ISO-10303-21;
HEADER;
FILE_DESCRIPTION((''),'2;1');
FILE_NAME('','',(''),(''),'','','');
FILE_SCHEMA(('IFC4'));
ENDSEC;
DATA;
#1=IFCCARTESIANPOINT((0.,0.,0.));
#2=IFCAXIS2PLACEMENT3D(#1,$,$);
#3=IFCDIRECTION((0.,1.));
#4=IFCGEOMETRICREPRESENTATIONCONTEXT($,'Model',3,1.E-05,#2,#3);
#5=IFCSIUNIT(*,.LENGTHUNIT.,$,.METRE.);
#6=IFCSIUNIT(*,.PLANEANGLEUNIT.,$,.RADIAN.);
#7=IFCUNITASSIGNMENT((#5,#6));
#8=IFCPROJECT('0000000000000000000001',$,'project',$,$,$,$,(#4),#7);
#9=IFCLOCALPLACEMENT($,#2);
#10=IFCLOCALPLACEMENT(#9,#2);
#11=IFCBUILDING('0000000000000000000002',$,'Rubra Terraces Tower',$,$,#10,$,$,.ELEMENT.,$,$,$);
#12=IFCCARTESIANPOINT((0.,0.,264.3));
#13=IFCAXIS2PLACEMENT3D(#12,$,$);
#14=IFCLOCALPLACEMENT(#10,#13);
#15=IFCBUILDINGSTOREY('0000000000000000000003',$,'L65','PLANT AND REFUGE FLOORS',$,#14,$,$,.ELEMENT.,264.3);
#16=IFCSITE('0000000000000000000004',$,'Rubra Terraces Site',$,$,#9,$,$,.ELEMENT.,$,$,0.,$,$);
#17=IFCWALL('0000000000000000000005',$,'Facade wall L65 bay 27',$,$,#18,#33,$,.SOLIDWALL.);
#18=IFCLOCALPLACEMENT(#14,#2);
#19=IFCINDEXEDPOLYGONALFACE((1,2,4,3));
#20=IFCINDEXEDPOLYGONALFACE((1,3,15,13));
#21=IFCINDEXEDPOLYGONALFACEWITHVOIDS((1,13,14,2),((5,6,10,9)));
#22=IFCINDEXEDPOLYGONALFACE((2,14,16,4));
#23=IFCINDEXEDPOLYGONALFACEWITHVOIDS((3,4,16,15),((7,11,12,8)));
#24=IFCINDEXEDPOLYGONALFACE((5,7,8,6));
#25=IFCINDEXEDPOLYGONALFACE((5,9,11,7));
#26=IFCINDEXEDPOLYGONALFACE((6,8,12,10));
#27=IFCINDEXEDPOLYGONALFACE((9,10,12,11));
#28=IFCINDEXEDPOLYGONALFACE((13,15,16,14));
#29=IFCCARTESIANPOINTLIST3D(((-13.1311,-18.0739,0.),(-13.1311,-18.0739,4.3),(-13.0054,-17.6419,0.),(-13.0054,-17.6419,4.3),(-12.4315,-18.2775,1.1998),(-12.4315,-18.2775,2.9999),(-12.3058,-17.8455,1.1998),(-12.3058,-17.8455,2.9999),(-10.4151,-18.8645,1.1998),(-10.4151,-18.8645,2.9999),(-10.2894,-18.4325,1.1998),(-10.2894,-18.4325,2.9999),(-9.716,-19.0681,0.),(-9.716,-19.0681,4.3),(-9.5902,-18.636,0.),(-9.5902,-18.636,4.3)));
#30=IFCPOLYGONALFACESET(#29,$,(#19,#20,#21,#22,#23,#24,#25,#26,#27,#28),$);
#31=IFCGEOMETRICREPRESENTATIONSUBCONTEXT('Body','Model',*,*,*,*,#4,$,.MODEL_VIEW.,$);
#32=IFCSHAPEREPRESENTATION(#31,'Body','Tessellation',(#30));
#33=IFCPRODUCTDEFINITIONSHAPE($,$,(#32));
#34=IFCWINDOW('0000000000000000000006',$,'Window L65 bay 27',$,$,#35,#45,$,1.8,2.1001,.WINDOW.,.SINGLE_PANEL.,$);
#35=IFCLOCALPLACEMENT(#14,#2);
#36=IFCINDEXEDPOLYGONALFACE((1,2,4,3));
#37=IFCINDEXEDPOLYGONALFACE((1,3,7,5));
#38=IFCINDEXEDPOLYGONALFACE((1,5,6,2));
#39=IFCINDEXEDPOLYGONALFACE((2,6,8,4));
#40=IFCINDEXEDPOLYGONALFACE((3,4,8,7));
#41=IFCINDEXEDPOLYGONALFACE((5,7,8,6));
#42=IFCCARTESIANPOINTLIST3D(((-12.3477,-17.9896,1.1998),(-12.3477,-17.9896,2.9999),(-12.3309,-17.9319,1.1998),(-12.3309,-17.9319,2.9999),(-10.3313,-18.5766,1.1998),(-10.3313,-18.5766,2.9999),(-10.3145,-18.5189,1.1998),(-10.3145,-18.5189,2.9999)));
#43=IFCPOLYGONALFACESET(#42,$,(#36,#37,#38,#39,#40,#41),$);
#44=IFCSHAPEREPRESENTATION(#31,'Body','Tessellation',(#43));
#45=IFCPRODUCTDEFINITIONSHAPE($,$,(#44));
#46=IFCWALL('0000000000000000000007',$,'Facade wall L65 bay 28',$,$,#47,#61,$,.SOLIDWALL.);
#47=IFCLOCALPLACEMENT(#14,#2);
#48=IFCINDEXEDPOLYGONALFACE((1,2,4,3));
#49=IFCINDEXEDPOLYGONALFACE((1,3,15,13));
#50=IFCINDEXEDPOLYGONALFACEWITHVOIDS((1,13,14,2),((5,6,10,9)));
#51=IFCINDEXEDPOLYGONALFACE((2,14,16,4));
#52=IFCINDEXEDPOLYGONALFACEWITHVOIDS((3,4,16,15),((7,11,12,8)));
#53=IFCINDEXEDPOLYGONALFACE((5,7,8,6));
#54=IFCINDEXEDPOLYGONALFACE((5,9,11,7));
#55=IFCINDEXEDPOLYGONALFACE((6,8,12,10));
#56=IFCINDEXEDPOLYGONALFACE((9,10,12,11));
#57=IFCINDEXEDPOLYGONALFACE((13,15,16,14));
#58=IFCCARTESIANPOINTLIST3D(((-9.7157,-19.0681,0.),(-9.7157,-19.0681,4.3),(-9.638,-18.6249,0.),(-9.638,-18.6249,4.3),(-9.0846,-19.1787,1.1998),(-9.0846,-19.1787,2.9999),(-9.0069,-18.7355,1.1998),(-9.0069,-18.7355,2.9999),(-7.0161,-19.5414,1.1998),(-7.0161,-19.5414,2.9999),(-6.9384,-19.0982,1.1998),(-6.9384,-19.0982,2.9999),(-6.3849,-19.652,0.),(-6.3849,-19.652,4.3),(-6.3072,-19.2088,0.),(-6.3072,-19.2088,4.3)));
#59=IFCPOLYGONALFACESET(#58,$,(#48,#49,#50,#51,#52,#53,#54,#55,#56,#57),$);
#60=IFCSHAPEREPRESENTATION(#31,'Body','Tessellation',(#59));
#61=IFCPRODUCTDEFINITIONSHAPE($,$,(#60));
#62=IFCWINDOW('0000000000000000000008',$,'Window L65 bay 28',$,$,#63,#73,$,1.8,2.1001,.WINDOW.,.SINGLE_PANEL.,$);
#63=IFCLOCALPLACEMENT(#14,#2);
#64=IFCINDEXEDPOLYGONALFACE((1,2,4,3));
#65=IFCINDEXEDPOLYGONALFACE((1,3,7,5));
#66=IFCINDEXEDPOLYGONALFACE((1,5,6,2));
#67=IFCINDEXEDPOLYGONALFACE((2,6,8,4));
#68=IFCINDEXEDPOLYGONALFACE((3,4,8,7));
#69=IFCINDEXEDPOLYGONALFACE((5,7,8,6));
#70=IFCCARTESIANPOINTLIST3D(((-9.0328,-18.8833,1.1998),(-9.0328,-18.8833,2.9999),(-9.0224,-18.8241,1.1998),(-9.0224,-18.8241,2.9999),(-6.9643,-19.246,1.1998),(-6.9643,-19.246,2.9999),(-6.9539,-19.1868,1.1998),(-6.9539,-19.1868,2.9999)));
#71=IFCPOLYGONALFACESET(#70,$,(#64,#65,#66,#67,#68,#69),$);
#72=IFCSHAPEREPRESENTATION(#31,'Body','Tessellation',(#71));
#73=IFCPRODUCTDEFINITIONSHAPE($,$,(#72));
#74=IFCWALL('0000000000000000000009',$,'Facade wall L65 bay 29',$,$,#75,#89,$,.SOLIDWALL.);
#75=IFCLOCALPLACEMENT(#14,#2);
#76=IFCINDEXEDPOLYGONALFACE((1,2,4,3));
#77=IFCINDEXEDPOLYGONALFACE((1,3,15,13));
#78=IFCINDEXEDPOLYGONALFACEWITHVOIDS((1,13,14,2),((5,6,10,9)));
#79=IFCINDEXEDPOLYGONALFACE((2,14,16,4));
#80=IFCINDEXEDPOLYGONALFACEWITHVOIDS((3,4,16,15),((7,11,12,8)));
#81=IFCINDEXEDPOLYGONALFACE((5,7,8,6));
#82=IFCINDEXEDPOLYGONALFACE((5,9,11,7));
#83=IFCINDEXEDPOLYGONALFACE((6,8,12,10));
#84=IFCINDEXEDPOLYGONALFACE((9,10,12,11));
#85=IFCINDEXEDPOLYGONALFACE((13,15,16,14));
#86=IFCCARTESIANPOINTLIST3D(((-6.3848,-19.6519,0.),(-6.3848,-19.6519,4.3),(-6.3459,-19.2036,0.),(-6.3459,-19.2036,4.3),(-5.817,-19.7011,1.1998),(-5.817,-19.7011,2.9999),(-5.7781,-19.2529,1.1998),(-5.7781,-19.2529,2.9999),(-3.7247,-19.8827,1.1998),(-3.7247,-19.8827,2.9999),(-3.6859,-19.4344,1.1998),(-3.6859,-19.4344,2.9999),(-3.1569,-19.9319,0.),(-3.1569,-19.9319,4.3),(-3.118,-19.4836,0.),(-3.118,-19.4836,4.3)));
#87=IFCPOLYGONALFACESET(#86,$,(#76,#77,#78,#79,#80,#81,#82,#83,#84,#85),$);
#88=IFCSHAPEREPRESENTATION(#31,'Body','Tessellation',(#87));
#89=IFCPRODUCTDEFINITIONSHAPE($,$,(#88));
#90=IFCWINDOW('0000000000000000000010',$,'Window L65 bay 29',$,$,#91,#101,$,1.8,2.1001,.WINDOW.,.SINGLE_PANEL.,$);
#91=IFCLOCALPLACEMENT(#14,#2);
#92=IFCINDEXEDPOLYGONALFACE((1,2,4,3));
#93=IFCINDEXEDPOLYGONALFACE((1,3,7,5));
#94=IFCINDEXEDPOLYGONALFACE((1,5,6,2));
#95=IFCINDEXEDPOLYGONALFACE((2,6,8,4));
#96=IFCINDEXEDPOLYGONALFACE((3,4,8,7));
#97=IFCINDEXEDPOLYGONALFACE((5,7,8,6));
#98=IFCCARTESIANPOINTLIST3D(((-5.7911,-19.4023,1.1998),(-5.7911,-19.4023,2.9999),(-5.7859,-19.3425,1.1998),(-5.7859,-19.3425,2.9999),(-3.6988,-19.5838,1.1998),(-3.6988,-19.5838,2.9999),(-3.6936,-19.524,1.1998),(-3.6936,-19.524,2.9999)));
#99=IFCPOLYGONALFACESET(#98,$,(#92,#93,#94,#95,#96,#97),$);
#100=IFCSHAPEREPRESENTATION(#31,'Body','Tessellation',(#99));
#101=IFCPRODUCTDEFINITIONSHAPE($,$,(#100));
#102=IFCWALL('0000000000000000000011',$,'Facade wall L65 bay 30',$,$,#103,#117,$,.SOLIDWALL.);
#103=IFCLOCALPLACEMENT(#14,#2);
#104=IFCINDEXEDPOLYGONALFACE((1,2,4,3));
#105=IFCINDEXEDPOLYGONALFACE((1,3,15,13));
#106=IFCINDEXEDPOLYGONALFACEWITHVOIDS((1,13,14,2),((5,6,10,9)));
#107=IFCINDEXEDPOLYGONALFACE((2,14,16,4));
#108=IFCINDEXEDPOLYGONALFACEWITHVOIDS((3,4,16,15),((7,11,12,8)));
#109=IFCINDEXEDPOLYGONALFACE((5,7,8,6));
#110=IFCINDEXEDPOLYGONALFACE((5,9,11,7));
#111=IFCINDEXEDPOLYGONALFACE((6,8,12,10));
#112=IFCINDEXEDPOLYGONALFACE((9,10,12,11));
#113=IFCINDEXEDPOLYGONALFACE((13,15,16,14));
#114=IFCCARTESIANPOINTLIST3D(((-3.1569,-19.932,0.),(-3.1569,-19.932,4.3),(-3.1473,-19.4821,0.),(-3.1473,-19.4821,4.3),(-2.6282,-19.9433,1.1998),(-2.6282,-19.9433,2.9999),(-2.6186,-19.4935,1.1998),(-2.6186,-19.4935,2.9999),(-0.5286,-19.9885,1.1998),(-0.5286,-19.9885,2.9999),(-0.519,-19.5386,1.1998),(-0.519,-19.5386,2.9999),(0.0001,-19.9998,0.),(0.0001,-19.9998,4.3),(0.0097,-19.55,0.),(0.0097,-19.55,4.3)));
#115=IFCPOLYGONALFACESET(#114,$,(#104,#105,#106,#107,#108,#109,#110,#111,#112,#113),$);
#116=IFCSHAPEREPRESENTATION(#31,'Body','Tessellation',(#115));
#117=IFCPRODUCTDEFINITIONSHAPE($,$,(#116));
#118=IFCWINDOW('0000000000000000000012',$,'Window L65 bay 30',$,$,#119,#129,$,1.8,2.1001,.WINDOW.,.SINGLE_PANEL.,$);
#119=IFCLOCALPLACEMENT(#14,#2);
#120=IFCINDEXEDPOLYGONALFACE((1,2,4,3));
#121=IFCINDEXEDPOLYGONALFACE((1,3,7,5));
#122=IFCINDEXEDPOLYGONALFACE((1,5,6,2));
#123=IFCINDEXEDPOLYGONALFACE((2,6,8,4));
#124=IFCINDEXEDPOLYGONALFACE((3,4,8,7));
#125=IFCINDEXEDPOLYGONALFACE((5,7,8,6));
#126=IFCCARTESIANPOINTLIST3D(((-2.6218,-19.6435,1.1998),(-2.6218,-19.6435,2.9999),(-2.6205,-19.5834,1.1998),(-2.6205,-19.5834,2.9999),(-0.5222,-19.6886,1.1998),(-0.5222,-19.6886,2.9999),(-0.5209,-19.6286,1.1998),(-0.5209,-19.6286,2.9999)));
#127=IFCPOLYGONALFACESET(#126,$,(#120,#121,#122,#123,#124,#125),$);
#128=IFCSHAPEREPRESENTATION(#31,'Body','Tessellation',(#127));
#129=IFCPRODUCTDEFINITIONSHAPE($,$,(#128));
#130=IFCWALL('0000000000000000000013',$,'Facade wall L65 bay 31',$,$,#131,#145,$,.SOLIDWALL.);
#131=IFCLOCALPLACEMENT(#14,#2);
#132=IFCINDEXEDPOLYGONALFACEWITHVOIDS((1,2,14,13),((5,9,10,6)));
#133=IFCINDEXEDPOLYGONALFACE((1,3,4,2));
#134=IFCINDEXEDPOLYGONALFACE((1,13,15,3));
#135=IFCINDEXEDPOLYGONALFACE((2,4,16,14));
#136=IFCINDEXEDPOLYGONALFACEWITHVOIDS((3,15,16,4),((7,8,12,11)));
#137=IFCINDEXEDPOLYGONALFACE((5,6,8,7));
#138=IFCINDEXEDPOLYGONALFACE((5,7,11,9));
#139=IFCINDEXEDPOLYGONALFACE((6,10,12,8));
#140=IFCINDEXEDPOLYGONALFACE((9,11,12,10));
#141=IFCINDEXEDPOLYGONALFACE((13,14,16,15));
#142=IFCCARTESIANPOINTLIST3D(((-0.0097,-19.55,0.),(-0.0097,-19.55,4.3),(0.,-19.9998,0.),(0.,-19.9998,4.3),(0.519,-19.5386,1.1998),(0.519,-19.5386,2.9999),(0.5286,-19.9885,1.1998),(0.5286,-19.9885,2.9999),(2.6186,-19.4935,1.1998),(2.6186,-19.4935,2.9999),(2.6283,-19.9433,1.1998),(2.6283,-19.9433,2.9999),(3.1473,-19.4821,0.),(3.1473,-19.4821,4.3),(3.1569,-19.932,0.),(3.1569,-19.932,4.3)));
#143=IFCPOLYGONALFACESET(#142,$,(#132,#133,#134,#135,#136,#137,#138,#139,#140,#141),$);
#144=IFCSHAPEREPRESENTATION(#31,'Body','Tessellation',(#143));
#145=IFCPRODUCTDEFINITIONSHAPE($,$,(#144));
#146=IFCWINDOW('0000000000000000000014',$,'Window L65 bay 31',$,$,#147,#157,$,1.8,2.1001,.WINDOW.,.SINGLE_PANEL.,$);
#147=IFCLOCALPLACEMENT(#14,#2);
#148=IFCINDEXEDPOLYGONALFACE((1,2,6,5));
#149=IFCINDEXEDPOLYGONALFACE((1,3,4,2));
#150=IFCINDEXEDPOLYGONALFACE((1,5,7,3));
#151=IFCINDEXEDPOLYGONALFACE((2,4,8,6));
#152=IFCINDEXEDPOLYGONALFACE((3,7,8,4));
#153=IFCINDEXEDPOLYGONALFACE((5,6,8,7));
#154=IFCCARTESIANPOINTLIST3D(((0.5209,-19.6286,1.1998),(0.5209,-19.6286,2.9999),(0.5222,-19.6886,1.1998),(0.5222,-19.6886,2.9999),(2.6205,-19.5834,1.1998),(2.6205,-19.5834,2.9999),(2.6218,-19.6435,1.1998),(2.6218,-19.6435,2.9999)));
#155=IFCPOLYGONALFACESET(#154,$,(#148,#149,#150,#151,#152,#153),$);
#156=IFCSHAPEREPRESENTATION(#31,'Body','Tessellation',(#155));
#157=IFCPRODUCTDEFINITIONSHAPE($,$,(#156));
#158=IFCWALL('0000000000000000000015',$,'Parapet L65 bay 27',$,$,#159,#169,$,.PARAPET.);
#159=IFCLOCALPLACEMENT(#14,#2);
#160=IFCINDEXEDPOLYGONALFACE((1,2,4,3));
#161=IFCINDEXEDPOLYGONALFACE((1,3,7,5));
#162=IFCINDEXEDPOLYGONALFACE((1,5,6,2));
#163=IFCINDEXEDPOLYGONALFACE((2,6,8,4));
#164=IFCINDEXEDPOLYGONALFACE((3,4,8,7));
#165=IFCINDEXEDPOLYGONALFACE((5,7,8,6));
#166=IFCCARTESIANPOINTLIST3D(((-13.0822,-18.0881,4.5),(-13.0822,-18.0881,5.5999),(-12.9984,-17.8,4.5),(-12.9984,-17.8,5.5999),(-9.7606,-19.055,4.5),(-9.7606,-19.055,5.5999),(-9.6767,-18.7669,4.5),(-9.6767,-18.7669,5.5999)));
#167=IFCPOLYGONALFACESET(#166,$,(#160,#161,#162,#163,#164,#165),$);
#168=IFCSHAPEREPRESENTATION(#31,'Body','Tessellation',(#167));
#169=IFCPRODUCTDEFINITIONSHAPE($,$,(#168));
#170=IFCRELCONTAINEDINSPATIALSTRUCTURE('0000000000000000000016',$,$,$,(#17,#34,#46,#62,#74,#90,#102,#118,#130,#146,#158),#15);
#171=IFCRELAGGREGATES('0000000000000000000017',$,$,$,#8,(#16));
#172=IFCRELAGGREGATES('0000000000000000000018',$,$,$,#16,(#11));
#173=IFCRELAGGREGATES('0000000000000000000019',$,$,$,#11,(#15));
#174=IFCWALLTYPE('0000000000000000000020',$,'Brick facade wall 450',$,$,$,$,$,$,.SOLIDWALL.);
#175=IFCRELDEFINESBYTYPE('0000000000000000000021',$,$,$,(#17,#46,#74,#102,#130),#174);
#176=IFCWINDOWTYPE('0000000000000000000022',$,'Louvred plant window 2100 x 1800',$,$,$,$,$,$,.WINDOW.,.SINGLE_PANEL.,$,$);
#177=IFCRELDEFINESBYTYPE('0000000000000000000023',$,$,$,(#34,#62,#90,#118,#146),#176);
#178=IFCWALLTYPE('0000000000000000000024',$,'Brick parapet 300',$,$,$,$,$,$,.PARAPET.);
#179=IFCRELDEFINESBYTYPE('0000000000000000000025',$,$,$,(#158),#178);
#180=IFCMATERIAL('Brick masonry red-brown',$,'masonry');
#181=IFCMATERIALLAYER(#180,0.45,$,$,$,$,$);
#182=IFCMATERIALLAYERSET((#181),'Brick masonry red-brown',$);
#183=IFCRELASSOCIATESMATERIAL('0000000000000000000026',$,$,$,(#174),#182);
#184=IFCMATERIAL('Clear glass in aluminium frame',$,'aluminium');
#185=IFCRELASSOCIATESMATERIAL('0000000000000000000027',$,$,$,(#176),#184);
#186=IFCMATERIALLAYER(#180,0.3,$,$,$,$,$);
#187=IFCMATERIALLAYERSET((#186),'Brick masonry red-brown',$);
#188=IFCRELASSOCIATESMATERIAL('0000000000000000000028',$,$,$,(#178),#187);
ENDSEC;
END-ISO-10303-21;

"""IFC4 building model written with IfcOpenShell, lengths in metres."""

from ifc_helpers import new_model, si_unit, direction, frame, frame_2d, origin, place, context, subcontext, project, spatial, rectangle, extrude, material, layer, layer_set, type_object, element, fill, save


model = new_model("IFC4")

# Units and contexts
model_context = context("Model", 3, precision=1e-05, world=origin(), true_north=direction((0.0, 1.0)))
body_context = subcontext(model_context, "Body", "Model", "MODEL_VIEW")
ifc_project = project(units=[si_unit("LENGTHUNIT", "METRE"), si_unit("PLANEANGLEUNIT", "RADIAN")], contexts=[model_context])

# Site, building, storey
site_placement = place(None, origin())
site = spatial("IfcSite", under=ifc_project, at=site_placement, Name="Rubra Terraces Site", CompositionType="ELEMENT", RefElevation=0.0)
building_placement = place(site_placement, origin())
building = spatial("IfcBuilding", under=site, at=building_placement, Name="Rubra Terraces Tower", CompositionType="ELEMENT")
storey_placement = place(building_placement, frame((0.0, 0.0, 264.3)))
storey = spatial("IfcBuildingStorey", under=building, at=storey_placement, Name="L65", Description="PLANT AND REFUGE FLOORS", CompositionType="ELEMENT", Elevation=264.3)

# Walls, openings, windows
ifc_material_1 = material(Name="Brick masonry red-brown", Category="masonry")
ifc_layer_1 = layer(ifc_material_1, 0.45)
ifc_layer_set_1 = layer_set([ifc_layer_1], Name="Brick masonry red-brown")
wall_type_1 = type_object("IfcWallType", Name="Brick facade wall 450", PredefinedType="SOLIDWALL", material=ifc_layer_set_1)
wall_1_placement = place(storey_placement, frame((-13.0681, -17.8579, 0.0), z_axis=(0.0, 0.0, 1.0), x_axis=(0.960144, -0.279504, 0.0)))
wall_1 = element("IfcWall", 1, at=wall_1_placement, inside=storey, type_object=wall_type_1, Name="Facade wall L65 bay 27", PredefinedType="SOLIDWALL", context=body_context, shape_type="SweptSolid", body=[
    extrude(rectangle(XDim=3.5569, YDim=0.45, at=frame_2d((1.7783, 0.0))), origin(), (0.0, 0.0, 1.0), 4.3),
])
opening_1_placement = place(wall_1_placement, frame((0.7285, 0.0, 1.2)))
opening_1 = element("IfcOpeningElement", 2, at=opening_1_placement, cuts=wall_1, PredefinedType="OPENING", context=body_context, shape_type="SweptSolid", body=[
    extrude(rectangle(XDim=2.1001, YDim=1.8, at=frame_2d((1.05, 0.8999))), frame((0.0, 0.2349, 0.0), z_axis=(0.0, -1.0, 0.0), x_axis=(1.0, 0.0, 0.0)), (0.0, 0.0, 1.0), 0.47),
])
ifc_material_2 = material(Name="Clear glass in aluminium frame", Category="aluminium")
window_type = type_object("IfcWindowType", Name="Louvred plant window 2100 x 1800", PartitioningType="SINGLE_PANEL", PredefinedType="WINDOW", material=ifc_material_2)
window_1_placement = place(opening_1_placement, origin())
window_1 = element("IfcWindow", 3, at=window_1_placement, inside=storey, type_object=window_type, Name="Window L65 bay 27", OverallHeight=1.8, OverallWidth=2.1001, PartitioningType="SINGLE_PANEL", PredefinedType="WINDOW", context=body_context, shape_type="SweptSolid", body=[
    extrude(rectangle(XDim=2.1001, YDim=1.8, at=frame_2d((1.05, 0.8999))), frame((0.0, 0.135, 0.0), z_axis=(0.0, -1.0, 0.0), x_axis=(1.0, 0.0, 0.0)), (0.0, 0.0, 1.0), 0.0601),
])
fill(opening_1, window_1)
wall_2_placement = place(storey_placement, frame((-9.677, -18.8464, 0.0), z_axis=(0.0, 0.0, 1.0), x_axis=(0.984976, -0.172694, 0.0)))
wall_2 = element("IfcWall", 4, at=wall_2_placement, inside=storey, type_object=wall_type_1, Name="Facade wall L65 bay 28", PredefinedType="SOLIDWALL", context=body_context, shape_type="SweptSolid", body=[
    extrude(rectangle(XDim=3.3816, YDim=0.45, at=frame_2d((1.6909, 0.0))), origin(), (0.0, 0.0, 1.0), 4.3),
])
opening_2_placement = place(wall_2_placement, frame((0.6409, 0.0, 1.2)))
opening_2 = element("IfcOpeningElement", 5, at=opening_2_placement, cuts=wall_2, PredefinedType="OPENING", context=body_context, shape_type="SweptSolid", body=[
    extrude(rectangle(XDim=2.1001, YDim=1.8, at=frame_2d((1.05, 0.8999))), frame((0.0, 0.2349, 0.0), z_axis=(0.0, -1.0, 0.0), x_axis=(1.0, 0.0, 0.0)), (0.0, 0.0, 1.0), 0.47),
])
window_2_placement = place(opening_2_placement, origin())
window_2 = element("IfcWindow", 6, at=window_2_placement, inside=storey, type_object=window_type, Name="Window L65 bay 28", OverallHeight=1.8, OverallWidth=2.1001, PartitioningType="SINGLE_PANEL", PredefinedType="WINDOW", context=body_context, shape_type="SweptSolid", body=[
    extrude(rectangle(XDim=2.1001, YDim=1.8, at=frame_2d((1.05, 0.8999))), frame((0.0, 0.135, 0.0), z_axis=(0.0, -1.0, 0.0), x_axis=(1.0, 0.0, 0.0)), (0.0, 0.0, 1.0), 0.0601),
])
fill(opening_2, window_2)
wall_3_placement = place(storey_placement, frame((-6.3655, -19.4277, 0.0), z_axis=(0.0, 0.0, 1.0), x_axis=(0.996258, -0.086431, 0.0)))
wall_3 = element("IfcWall", 7, at=wall_3_placement, inside=storey, type_object=wall_type_1, Name="Facade wall L65 bay 29", PredefinedType="SOLIDWALL", context=body_context, shape_type="SweptSolid", body=[
    extrude(rectangle(XDim=3.24, YDim=0.45, at=frame_2d((1.6201, 0.0))), origin(), (0.0, 0.0, 1.0), 4.3),
])
opening_3_placement = place(wall_3_placement, frame((0.5701, 0.0, 1.2)))
opening_3 = element("IfcOpeningElement", 8, at=opening_3_placement, cuts=wall_3, PredefinedType="OPENING", context=body_context, shape_type="SweptSolid", body=[
    extrude(rectangle(XDim=2.1001, YDim=1.8, at=frame_2d((1.05, 0.8999))), frame((0.0, 0.2349, 0.0), z_axis=(0.0, -1.0, 0.0), x_axis=(1.0, 0.0, 0.0)), (0.0, 0.0, 1.0), 0.47),
])
window_3_placement = place(opening_3_placement, origin())
window_3 = element("IfcWindow", 9, at=window_3_placement, inside=storey, type_object=window_type, Name="Window L65 bay 29", OverallHeight=1.8, OverallWidth=2.1001, PartitioningType="SINGLE_PANEL", PredefinedType="WINDOW", context=body_context, shape_type="SweptSolid", body=[
    extrude(rectangle(XDim=2.1001, YDim=1.8, at=frame_2d((1.05, 0.8999))), frame((0.0, 0.135, 0.0), z_axis=(0.0, -1.0, 0.0), x_axis=(1.0, 0.0, 0.0)), (0.0, 0.0, 1.0), 0.0601),
])
fill(opening_3, window_3)
wall_4_placement = place(storey_placement, frame((-3.1521, -19.707, 0.0), z_axis=(0.0, 0.0, 1.0), x_axis=(0.999769, -0.021494, 0.0)))
wall_4 = element("IfcWall", 10, at=wall_4_placement, inside=storey, type_object=wall_type_1, Name="Facade wall L65 bay 30", PredefinedType="SOLIDWALL", context=body_context, shape_type="SweptSolid", body=[
    extrude(rectangle(XDim=3.1577, YDim=0.45, at=frame_2d((1.5789, 0.0))), origin(), (0.0, 0.0, 1.0), 4.3),
])
opening_4_placement = place(wall_4_placement, frame((0.5288, 0.0, 1.2)))
opening_4 = element("IfcOpeningElement", 11, at=opening_4_placement, cuts=wall_4, PredefinedType="OPENING", context=body_context, shape_type="SweptSolid", body=[
    extrude(rectangle(XDim=2.1001, YDim=1.8, at=frame_2d((1.05, 0.8999))), frame((0.0, 0.2349, 0.0), z_axis=(0.0, -1.0, 0.0), x_axis=(1.0, 0.0, 0.0)), (0.0, 0.0, 1.0), 0.47),
])
window_4_placement = place(opening_4_placement, origin())
window_4 = element("IfcWindow", 12, at=window_4_placement, inside=storey, type_object=window_type, Name="Window L65 bay 30", OverallHeight=1.8, OverallWidth=2.1001, PartitioningType="SINGLE_PANEL", PredefinedType="WINDOW", context=body_context, shape_type="SweptSolid", body=[
    extrude(rectangle(XDim=2.1001, YDim=1.8, at=frame_2d((1.05, 0.8999))), frame((0.0, 0.135, 0.0), z_axis=(0.0, -1.0, 0.0), x_axis=(1.0, 0.0, 0.0)), (0.0, 0.0, 1.0), 0.0601),
])
fill(opening_4, window_4)
wall_5_placement = place(storey_placement, frame((-0.0049, -19.7749, 0.0), z_axis=(0.0, 0.0, 1.0), x_axis=(0.999769, 0.021494, 0.0)))
wall_5 = element("IfcWall", 13, at=wall_5_placement, inside=storey, type_object=wall_type_1, Name="Facade wall L65 bay 31", PredefinedType="SOLIDWALL", context=body_context, shape_type="SweptSolid", body=[
    extrude(rectangle(XDim=3.1577, YDim=0.45, at=frame_2d((1.5789, 0.0))), origin(), (0.0, 0.0, 1.0), 4.3),
])
opening_5_placement = place(wall_5_placement, frame((0.5288, 0.0, 1.2)))
opening_5 = element("IfcOpeningElement", 14, at=opening_5_placement, cuts=wall_5, PredefinedType="OPENING", context=body_context, shape_type="SweptSolid", body=[
    extrude(rectangle(XDim=2.1001, YDim=1.8, at=frame_2d((1.05, 0.8999))), frame((0.0, 0.2349, 0.0), z_axis=(0.0, -1.0, 0.0), x_axis=(1.0, 0.0, 0.0)), (0.0, 0.0, 1.0), 0.47),
])
window_5_placement = place(opening_5_placement, origin())
window_5 = element("IfcWindow", 15, at=window_5_placement, inside=storey, type_object=window_type, Name="Window L65 bay 31", OverallHeight=1.8, OverallWidth=2.1001, PartitioningType="SINGLE_PANEL", PredefinedType="WINDOW", context=body_context, shape_type="SweptSolid", body=[
    extrude(rectangle(XDim=2.1001, YDim=1.8, at=frame_2d((1.05, 0.8999))), frame((0.0, 0.135, 0.0), z_axis=(0.0, -1.0, 0.0), x_axis=(1.0, 0.0, 0.0)), (0.0, 0.0, 1.0), 0.0601),
])
fill(opening_5, window_5)

# Wall
ifc_layer_2 = layer(ifc_material_1, 0.3)
ifc_layer_set_2 = layer_set([ifc_layer_2], Name="Brick masonry red-brown")
wall_type_2 = type_object("IfcWallType", Name="Brick parapet 300", PredefinedType="PARAPET", material=ifc_layer_set_2)
wall_6_placement = place(storey_placement, frame((-13.0403, -17.9441, 4.5), z_axis=(0.0, 0.0, 1.0), x_axis=(0.960154, -0.279472, 0.0)))
element("IfcWall", 16, at=wall_6_placement, inside=storey, type_object=wall_type_2, Name="Parapet L65 bay 27", PredefinedType="PARAPET", context=body_context, shape_type="SweptSolid", body=[
    extrude(rectangle(XDim=3.4595, YDim=0.3, at=frame_2d((1.7297, 0.0))), origin(), (0.0, 0.0, 1.0), 1.0999),
])

save(model, "model.ifc")
